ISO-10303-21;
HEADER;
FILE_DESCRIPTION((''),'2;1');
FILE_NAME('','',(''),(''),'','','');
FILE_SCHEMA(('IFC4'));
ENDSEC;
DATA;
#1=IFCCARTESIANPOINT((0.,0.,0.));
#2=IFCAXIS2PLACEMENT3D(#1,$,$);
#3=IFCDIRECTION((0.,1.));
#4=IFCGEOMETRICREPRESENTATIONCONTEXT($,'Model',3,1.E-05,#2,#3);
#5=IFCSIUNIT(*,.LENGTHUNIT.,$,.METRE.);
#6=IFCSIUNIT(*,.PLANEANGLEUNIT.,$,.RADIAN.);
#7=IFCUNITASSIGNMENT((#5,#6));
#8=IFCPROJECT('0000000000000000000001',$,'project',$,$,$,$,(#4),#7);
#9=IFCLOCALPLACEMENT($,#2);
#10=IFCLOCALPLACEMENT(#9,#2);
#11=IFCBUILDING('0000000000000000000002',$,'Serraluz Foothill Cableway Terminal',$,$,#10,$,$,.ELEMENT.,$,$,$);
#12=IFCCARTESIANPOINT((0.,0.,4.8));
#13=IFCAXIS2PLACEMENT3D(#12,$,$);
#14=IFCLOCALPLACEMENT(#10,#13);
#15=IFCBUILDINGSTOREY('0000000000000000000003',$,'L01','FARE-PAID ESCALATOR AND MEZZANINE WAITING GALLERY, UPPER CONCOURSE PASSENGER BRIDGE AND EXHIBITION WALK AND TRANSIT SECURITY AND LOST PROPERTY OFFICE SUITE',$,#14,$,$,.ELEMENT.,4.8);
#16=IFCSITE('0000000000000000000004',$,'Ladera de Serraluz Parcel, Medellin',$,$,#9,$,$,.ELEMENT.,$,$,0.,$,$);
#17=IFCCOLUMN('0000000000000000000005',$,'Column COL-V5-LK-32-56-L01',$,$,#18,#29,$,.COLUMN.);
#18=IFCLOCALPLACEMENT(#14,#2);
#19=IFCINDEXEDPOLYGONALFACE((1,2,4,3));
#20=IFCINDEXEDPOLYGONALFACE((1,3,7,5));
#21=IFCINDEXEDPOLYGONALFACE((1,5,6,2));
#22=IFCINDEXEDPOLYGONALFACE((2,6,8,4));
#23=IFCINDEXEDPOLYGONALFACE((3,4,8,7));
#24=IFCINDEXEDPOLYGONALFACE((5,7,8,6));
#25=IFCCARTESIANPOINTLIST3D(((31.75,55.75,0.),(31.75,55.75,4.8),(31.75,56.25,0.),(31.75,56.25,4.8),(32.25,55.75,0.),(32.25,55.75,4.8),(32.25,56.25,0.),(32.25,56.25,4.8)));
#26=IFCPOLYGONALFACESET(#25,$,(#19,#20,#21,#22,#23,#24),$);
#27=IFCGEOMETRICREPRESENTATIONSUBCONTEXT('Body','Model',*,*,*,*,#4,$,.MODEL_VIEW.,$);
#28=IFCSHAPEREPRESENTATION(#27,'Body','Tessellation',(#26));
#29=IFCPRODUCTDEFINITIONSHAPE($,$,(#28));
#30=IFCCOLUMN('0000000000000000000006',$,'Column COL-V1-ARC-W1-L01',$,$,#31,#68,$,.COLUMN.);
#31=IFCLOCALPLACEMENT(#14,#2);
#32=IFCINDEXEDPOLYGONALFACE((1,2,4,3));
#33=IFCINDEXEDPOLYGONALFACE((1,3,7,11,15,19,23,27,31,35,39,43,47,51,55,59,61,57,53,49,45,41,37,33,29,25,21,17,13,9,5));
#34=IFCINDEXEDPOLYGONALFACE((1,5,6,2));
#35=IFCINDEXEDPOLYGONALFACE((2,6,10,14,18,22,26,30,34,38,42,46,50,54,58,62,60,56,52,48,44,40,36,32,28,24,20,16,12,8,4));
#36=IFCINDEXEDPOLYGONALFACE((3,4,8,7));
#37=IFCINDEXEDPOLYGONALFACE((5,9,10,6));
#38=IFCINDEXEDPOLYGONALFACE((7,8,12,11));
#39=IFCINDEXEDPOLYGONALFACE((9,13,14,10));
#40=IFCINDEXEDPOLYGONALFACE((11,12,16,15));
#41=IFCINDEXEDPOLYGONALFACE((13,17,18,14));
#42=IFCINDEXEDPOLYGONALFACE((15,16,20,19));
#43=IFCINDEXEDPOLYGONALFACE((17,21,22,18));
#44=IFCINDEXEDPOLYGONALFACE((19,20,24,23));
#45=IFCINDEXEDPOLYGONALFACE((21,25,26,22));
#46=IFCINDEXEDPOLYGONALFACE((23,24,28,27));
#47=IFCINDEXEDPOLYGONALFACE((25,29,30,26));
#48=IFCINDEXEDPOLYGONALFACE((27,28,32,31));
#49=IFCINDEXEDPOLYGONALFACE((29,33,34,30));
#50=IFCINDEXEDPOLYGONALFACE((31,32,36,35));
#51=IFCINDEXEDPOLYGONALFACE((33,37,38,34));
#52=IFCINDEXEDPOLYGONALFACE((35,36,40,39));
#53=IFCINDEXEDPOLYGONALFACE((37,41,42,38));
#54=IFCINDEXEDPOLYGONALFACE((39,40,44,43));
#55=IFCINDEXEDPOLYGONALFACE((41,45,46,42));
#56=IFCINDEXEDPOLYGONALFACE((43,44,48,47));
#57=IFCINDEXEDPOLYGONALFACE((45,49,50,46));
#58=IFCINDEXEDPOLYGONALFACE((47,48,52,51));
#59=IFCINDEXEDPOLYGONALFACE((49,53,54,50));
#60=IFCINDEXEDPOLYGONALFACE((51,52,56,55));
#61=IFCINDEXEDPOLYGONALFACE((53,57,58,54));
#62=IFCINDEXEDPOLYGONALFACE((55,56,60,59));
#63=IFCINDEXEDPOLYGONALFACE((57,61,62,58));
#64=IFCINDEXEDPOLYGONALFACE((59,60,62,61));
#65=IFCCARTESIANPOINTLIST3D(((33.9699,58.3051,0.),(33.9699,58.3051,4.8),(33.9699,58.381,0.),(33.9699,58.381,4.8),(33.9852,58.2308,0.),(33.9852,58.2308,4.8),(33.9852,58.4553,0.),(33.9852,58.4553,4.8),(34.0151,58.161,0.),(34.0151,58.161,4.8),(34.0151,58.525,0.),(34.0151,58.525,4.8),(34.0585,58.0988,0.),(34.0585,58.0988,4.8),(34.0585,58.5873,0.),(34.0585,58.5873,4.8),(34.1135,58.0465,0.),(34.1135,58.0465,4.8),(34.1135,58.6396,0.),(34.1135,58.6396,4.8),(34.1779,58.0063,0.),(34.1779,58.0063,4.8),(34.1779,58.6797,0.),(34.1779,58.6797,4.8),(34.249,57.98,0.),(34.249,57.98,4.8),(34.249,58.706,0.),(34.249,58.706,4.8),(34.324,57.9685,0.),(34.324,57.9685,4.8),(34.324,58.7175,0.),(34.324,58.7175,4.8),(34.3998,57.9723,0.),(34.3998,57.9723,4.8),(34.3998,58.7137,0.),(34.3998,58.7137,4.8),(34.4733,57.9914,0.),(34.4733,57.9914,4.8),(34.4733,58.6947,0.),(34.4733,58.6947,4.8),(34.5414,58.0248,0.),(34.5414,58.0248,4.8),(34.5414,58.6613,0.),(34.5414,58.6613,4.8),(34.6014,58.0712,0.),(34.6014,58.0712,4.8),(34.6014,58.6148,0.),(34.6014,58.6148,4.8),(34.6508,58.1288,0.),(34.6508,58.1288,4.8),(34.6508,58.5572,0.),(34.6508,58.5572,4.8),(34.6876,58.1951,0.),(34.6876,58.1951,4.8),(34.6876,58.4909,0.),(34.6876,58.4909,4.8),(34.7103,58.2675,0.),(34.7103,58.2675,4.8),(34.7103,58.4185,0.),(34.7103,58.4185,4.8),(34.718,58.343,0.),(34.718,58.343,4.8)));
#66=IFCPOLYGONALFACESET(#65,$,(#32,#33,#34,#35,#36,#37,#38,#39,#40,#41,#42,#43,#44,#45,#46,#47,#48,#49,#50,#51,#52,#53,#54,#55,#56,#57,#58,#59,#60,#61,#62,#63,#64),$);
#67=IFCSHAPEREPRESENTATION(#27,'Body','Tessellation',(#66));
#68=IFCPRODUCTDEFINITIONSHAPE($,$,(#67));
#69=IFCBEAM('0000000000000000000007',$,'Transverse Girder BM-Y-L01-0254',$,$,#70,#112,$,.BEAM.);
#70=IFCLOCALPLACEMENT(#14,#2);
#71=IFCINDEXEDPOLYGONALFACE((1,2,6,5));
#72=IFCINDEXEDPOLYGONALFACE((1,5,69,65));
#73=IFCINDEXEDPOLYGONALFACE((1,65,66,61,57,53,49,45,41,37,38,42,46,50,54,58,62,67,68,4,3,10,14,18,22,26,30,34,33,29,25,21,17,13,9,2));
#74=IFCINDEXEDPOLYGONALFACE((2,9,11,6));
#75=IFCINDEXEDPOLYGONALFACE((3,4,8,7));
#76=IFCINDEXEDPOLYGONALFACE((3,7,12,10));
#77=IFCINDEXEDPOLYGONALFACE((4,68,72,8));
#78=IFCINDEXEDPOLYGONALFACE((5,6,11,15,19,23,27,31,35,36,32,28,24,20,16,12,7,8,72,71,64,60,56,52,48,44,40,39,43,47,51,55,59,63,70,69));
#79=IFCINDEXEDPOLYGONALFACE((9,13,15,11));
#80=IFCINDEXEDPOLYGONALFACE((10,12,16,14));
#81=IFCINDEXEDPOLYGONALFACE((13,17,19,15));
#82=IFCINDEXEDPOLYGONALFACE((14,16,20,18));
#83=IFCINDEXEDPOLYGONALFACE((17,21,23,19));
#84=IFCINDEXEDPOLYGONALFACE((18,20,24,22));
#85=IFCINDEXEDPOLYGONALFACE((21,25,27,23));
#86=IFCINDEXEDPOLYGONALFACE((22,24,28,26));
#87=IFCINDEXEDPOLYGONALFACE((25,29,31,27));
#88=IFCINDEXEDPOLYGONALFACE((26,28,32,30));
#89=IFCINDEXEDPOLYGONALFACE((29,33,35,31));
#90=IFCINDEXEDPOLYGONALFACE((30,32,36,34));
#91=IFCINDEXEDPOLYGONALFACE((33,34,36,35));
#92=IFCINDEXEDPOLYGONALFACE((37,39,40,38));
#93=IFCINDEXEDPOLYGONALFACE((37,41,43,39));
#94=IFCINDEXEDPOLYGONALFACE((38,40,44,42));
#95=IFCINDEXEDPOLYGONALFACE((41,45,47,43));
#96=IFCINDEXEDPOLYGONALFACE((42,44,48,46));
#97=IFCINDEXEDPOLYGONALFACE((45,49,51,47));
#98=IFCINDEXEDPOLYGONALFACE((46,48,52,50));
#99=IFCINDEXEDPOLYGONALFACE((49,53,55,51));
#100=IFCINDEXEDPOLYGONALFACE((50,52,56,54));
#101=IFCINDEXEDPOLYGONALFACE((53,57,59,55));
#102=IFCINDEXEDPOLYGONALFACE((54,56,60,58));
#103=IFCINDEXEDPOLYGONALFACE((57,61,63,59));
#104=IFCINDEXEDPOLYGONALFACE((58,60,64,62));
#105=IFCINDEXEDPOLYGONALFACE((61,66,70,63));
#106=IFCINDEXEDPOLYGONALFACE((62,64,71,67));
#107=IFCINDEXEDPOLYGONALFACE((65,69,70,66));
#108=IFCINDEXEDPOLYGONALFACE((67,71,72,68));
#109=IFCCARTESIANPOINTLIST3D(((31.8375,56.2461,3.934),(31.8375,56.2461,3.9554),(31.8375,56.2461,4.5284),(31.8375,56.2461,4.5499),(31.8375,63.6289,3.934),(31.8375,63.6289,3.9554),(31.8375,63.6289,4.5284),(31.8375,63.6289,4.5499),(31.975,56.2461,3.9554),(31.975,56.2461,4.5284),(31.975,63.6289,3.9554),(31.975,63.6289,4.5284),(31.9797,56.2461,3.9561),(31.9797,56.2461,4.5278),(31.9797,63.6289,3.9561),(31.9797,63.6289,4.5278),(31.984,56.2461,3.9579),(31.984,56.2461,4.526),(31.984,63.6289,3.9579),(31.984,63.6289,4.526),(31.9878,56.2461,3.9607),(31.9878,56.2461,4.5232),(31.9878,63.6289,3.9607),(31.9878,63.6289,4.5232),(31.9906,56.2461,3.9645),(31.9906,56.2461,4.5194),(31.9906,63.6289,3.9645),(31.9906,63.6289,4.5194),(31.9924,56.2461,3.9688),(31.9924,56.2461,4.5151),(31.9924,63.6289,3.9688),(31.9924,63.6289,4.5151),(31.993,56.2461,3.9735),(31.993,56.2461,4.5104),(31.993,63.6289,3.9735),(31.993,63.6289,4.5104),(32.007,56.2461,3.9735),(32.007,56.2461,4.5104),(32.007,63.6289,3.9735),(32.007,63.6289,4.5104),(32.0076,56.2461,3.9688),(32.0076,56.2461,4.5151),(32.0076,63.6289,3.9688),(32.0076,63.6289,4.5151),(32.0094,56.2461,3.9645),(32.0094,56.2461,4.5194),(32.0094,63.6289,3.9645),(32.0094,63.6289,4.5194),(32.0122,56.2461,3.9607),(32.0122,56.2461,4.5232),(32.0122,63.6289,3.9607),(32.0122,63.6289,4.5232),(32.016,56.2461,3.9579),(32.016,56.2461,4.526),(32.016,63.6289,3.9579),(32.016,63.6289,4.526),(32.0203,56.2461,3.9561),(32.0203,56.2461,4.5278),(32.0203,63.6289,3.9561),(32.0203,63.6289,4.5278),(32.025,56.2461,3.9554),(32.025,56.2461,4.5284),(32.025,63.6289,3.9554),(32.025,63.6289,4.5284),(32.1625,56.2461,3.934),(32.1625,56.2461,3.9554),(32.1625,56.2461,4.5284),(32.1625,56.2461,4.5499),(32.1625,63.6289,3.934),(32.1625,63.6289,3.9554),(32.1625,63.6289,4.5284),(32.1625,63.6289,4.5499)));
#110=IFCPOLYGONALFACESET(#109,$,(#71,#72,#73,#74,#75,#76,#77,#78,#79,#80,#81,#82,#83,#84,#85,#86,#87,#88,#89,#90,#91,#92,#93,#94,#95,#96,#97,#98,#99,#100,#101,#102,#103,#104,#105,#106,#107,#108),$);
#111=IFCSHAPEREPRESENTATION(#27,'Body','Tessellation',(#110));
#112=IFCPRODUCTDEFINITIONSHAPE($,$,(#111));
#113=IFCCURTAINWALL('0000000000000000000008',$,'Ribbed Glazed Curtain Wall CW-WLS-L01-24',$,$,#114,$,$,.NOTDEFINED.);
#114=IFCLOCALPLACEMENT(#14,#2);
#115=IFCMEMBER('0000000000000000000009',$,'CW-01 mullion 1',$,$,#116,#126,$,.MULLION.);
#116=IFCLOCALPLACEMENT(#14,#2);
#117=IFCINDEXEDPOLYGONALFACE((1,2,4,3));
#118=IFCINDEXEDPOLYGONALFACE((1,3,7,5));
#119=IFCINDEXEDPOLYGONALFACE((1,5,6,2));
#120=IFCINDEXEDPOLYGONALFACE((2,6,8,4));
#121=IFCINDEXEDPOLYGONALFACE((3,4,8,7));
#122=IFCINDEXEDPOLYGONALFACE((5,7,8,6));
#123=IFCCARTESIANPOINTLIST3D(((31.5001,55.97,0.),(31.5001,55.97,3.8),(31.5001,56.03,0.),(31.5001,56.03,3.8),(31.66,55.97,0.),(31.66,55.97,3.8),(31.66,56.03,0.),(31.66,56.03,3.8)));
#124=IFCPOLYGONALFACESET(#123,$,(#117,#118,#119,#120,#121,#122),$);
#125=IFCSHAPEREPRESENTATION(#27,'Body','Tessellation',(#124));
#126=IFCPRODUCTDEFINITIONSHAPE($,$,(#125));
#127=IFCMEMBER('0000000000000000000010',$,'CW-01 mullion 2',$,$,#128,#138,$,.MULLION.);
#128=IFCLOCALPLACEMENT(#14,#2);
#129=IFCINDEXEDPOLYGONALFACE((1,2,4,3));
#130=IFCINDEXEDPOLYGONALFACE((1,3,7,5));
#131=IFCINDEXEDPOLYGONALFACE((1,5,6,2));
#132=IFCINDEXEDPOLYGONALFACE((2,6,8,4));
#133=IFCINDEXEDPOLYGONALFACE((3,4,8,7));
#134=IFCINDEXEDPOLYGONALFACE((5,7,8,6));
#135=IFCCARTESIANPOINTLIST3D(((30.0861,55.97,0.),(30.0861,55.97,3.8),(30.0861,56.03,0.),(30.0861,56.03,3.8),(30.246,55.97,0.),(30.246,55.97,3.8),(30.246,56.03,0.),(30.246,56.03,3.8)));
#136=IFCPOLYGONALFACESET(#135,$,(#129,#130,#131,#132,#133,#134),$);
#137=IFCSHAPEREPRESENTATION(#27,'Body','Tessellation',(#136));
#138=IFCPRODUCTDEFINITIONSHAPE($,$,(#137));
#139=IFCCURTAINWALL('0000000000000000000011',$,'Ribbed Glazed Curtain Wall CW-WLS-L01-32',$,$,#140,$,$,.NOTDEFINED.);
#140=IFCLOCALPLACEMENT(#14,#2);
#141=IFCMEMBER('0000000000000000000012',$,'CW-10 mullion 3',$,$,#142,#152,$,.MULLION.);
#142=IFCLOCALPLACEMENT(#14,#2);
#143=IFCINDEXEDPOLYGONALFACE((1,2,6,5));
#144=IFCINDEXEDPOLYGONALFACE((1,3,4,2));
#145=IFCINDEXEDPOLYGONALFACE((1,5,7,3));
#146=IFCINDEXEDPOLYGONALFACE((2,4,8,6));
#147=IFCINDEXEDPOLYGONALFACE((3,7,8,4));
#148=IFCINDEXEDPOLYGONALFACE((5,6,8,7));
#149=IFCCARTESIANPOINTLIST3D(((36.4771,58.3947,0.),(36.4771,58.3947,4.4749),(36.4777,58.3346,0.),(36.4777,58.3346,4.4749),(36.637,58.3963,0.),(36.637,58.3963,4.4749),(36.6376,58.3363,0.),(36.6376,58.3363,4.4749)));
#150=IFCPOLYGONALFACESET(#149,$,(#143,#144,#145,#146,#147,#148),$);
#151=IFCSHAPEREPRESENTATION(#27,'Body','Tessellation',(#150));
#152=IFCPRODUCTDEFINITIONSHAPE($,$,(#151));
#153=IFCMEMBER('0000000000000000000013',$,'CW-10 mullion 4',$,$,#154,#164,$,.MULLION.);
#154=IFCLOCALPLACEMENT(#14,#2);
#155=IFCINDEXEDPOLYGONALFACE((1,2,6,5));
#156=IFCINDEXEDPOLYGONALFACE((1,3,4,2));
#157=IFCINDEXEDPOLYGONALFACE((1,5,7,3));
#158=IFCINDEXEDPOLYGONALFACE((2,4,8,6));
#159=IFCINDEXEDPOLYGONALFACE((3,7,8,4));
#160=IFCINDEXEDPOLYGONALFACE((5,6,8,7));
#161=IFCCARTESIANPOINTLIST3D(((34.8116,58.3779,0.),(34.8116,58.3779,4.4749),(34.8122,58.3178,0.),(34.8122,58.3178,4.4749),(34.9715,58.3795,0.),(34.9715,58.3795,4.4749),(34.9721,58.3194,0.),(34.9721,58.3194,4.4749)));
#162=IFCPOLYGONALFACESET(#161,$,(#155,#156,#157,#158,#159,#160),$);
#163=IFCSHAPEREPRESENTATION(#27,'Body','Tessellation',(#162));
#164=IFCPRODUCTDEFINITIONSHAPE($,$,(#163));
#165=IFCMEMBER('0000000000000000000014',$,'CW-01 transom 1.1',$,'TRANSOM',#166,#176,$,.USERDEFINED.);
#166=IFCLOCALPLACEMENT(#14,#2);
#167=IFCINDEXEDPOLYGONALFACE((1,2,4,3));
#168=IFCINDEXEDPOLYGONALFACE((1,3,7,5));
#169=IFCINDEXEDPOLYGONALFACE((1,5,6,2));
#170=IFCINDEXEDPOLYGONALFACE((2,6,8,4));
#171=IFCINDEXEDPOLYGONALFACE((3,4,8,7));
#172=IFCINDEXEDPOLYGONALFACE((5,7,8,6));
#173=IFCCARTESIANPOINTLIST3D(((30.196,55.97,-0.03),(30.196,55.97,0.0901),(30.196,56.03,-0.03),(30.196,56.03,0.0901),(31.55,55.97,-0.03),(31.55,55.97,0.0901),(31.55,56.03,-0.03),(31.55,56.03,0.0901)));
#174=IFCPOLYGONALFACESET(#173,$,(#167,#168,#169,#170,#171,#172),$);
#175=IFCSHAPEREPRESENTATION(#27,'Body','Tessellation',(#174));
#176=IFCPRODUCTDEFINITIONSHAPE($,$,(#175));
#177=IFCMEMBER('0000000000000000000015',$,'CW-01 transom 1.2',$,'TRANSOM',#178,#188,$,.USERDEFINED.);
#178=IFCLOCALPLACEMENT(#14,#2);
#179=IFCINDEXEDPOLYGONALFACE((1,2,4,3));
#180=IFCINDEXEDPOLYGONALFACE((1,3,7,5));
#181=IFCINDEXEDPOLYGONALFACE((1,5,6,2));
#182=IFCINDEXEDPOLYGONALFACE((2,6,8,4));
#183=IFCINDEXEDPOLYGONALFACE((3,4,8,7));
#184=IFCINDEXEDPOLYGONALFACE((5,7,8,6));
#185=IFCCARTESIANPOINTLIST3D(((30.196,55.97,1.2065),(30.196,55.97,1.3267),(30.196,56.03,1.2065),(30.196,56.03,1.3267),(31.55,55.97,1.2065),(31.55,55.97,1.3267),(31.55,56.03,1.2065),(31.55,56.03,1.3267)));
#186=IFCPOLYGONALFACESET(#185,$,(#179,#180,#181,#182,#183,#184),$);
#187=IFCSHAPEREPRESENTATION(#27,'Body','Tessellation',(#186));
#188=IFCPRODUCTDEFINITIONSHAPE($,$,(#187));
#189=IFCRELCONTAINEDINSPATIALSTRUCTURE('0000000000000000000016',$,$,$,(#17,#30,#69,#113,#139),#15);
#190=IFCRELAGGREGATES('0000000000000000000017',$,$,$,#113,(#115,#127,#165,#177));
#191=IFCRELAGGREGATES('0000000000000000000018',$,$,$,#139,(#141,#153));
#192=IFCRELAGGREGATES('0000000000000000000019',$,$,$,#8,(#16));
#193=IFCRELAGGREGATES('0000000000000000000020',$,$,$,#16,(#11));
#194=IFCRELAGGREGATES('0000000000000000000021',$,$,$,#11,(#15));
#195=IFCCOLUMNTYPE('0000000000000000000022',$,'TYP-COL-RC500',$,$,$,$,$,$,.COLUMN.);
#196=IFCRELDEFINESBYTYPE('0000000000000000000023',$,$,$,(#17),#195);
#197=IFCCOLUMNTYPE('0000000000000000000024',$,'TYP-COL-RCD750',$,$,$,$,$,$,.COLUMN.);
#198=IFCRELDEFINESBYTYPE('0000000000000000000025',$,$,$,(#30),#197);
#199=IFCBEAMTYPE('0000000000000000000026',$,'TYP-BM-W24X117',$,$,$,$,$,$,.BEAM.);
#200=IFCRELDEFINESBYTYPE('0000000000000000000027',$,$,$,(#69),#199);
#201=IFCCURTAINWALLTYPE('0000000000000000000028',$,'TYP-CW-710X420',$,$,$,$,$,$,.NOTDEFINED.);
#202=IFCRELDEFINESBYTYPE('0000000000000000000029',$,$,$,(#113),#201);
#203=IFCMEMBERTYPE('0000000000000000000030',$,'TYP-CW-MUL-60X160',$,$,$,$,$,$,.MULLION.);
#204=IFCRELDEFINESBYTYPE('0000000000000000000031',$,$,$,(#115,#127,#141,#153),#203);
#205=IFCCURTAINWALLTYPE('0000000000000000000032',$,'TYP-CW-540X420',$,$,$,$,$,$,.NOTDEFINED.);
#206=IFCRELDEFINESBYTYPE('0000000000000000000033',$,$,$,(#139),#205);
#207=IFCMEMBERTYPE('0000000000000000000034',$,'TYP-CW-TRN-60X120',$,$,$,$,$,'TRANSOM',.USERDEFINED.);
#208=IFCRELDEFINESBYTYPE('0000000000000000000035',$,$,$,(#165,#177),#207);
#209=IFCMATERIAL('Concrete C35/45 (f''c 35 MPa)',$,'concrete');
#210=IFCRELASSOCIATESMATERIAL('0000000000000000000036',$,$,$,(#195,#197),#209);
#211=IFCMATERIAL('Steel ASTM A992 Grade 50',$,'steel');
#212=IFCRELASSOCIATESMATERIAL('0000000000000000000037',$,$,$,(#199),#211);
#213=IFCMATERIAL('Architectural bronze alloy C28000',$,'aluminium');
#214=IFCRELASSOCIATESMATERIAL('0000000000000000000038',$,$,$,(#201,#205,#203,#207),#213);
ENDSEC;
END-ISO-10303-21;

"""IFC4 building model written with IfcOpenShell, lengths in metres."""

from ifc_helpers import new_model, si_unit, direction, frame, origin, origin_2d, place, context, subcontext, project, spatial, rectangle, circle, i_section, extrude, material, material_profile, profile_set, type_object, element, aggregate, save


model = new_model("IFC4")

# Units and contexts
model_context = context("Model", 3, precision=1e-05, world=origin(), true_north=direction((0.0, 1.0)))
body_context = subcontext(model_context, "Body", "Model", "MODEL_VIEW")
ifc_project = project(units=[si_unit("LENGTHUNIT", "METRE"), si_unit("PLANEANGLEUNIT", "RADIAN")], contexts=[model_context])

# Site, building, storey
site_placement = place(None, origin())
site = spatial("IfcSite", under=ifc_project, at=site_placement, Name="Ladera de Serraluz Parcel, Medellin", CompositionType="ELEMENT", RefElevation=0.0)
building_placement = place(site_placement, origin())
building = spatial("IfcBuilding", under=site, at=building_placement, Name="Serraluz Foothill Cableway Terminal", CompositionType="ELEMENT")
storey_placement = place(building_placement, frame((0.0, 0.0, 4.8)))
storey = spatial("IfcBuildingStorey", under=building, at=storey_placement, Name="L01", Description="FARE-PAID ESCALATOR AND MEZZANINE WAITING GALLERY, UPPER CONCOURSE PASSENGER BRIDGE AND EXHIBITION WALK AND TRANSIT SECURITY AND LOST PROPERTY OFFICE SUITE", CompositionType="ELEMENT", Elevation=4.8)

# Columns
ifc_material_1 = material(Name="Concrete C35/45 (f'c 35 MPa)", Category="concrete")
ifc_material_profile_1 = material_profile(ifc_material_1, rectangle(XDim=0.5, YDim=0.5, at=origin_2d()), Name="RC 500x500")
ifc_profile_set_1 = profile_set([ifc_material_profile_1], Name="Concrete C35/45 (f'c 35 MPa)")
column_type_1 = type_object("IfcColumnType", Name="TYP-COL-RC500", PredefinedType="COLUMN", material=ifc_profile_set_1)
column_1_placement = place(storey_placement, frame((32.0, 56.0, 0.0), z_axis=(0.0, 0.0, 1.0), x_axis=(1.0, 0.0, 0.0)))
element("IfcColumn", 1, at=column_1_placement, inside=storey, type_object=column_type_1, Name="Column COL-V5-LK-32-56-L01", PredefinedType="COLUMN", context=body_context, shape_type="SweptSolid", body=[
    extrude(rectangle(XDim=0.5, YDim=0.5, at=origin_2d()), origin(), (0.0, 0.0, 1.0), 4.8),
])
ifc_material_profile_2 = material_profile(ifc_material_1, circle(Radius=0.375, at=origin_2d()), Name="RC D750")
ifc_profile_set_2 = profile_set([ifc_material_profile_2], Name="Concrete C35/45 (f'c 35 MPa)")
column_type_2 = type_object("IfcColumnType", Name="TYP-COL-RCD750", PredefinedType="COLUMN", material=ifc_profile_set_2)
column_2_placement = place(storey_placement, frame((34.343, 58.343, 0.0), z_axis=(0.0, 0.0, 1.0), x_axis=(1.0, 0.0, 0.0)))
element("IfcColumn", 2, at=column_2_placement, inside=storey, type_object=column_type_2, Name="Column COL-V1-ARC-W1-L01", PredefinedType="COLUMN", context=body_context, shape_type="SweptSolid", body=[
    extrude(circle(Radius=0.375, at=origin_2d()), origin(), (0.0, 0.0, 1.0), 4.8),
])

# Beam
ifc_material_2 = material(Name="Steel ASTM A992 Grade 50", Category="steel")
ifc_material_profile_3 = material_profile(ifc_material_2, i_section(OverallWidth=0.325, OverallDepth=0.616, WebThickness=0.0139, FlangeThickness=0.0215, FilletRadius=0.0181, at=origin_2d()), Name="W24X117")
ifc_profile_set_3 = profile_set([ifc_material_profile_3], Name="Steel ASTM A992 Grade 50")
beam_type = type_object("IfcBeamType", Name="TYP-BM-W24X117", PredefinedType="BEAM", material=ifc_profile_set_3)
beam_placement = place(storey_placement, frame((32.0, 56.2461, 4.2419), z_axis=(0.0, 1.0, 0.0), x_axis=(-1.0, 0.0, 0.0)))
element("IfcBeam", 3, at=beam_placement, inside=storey, type_object=beam_type, Name="Transverse Girder BM-Y-L01-0254", PredefinedType="BEAM", context=body_context, shape_type="SweptSolid", body=[
    extrude(i_section(OverallWidth=0.325, OverallDepth=0.616, WebThickness=0.0139, FlangeThickness=0.0215, FilletRadius=0.0181, at=origin_2d()), origin(), (0.0, 0.0, 1.0), 7.3828),
])

# Curtain walls, members
ifc_material_3 = material(Name="Architectural bronze alloy C28000", Category="aluminium")
curtain_wall_type_1 = type_object("IfcCurtainWallType", Name="TYP-CW-710X420", PredefinedType="NOTDEFINED", material=ifc_material_3)
curtain_wall_1_placement = place(storey_placement, origin())
curtain_wall_1 = element("IfcCurtainWall", 4, at=curtain_wall_1_placement, inside=storey, type_object=curtain_wall_type_1, Name="Ribbed Glazed Curtain Wall CW-WLS-L01-24", PredefinedType="NOTDEFINED")
ifc_material_profile_4 = material_profile(ifc_material_3, rectangle(XDim=0.0601, YDim=0.1599, at=origin_2d()), Name="ALU MULLION 60x160")
ifc_profile_set_4 = profile_set([ifc_material_profile_4], Name="Architectural bronze alloy C28000")
member_type_1 = type_object("IfcMemberType", Name="TYP-CW-MUL-60X160", PredefinedType="MULLION", material=ifc_profile_set_4)
member_1_placement = place(storey_placement, frame((31.5801, 56.0, 0.0), z_axis=(0.0, 0.0, 1.0), x_axis=(0.0, -1.0, 0.0)))
member_1 = element("IfcMember", 5, at=member_1_placement, type_object=member_type_1, Name="CW-01 mullion 1", PredefinedType="MULLION", context=body_context, shape_type="SweptSolid", body=[
    extrude(rectangle(XDim=0.0601, YDim=0.1599, at=origin_2d()), origin(), (0.0, 0.0, 1.0), 3.8),
])
member_2_placement = place(storey_placement, frame((30.166, 56.0, 0.0), z_axis=(0.0, 0.0, 1.0), x_axis=(0.0, -1.0, 0.0)))
member_2 = element("IfcMember", 6, at=member_2_placement, type_object=member_type_1, Name="CW-01 mullion 2", PredefinedType="MULLION", context=body_context, shape_type="SweptSolid", body=[
    extrude(rectangle(XDim=0.0601, YDim=0.1599, at=origin_2d()), origin(), (0.0, 0.0, 1.0), 3.8),
])
curtain_wall_type_2 = type_object("IfcCurtainWallType", Name="TYP-CW-540X420", PredefinedType="NOTDEFINED", material=ifc_material_3)
curtain_wall_2_placement = place(storey_placement, origin())
curtain_wall_2 = element("IfcCurtainWall", 7, at=curtain_wall_2_placement, inside=storey, type_object=curtain_wall_type_2, Name="Ribbed Glazed Curtain Wall CW-WLS-L01-32", PredefinedType="NOTDEFINED")
member_3_placement = place(storey_placement, frame((36.5574, 58.3655, 0.0), z_axis=(0.0, 0.0, 1.0), x_axis=(0.010066, -0.999949, 0.0)))
member_3 = element("IfcMember", 8, at=member_3_placement, type_object=member_type_1, Name="CW-10 mullion 3", PredefinedType="MULLION", context=body_context, shape_type="SweptSolid", body=[
    extrude(rectangle(XDim=0.0601, YDim=0.1599, at=origin_2d()), origin(), (0.0, 0.0, 1.0), 4.4749),
])
member_4_placement = place(storey_placement, frame((34.8918, 58.3486, 0.0), z_axis=(0.0, 0.0, 1.0), x_axis=(0.010066, -0.999949, 0.0)))
member_4 = element("IfcMember", 9, at=member_4_placement, type_object=member_type_1, Name="CW-10 mullion 4", PredefinedType="MULLION", context=body_context, shape_type="SweptSolid", body=[
    extrude(rectangle(XDim=0.0601, YDim=0.1599, at=origin_2d()), origin(), (0.0, 0.0, 1.0), 4.4749),
])

# Members
ifc_material_profile_5 = material_profile(ifc_material_3, rectangle(XDim=0.0601, YDim=0.1201, at=origin_2d()), Name="ALU TRANSOM 60x120")
ifc_profile_set_5 = profile_set([ifc_material_profile_5], Name="Architectural bronze alloy C28000")
member_type_2 = type_object("IfcMemberType", Name="TYP-CW-TRN-60X120", ElementType="TRANSOM", PredefinedType="USERDEFINED", material=ifc_profile_set_5)
member_5_placement = place(storey_placement, frame((31.55, 56.0, 0.03), z_axis=(-1.0, 0.0, 0.0), x_axis=(0.0, -1.0, 0.0)))
member_5 = element("IfcMember", 10, at=member_5_placement, type_object=member_type_2, Name="CW-01 transom 1.1", ObjectType="TRANSOM", PredefinedType="USERDEFINED", context=body_context, shape_type="SweptSolid", body=[
    extrude(rectangle(XDim=0.0601, YDim=0.1201, at=origin_2d()), origin(), (0.0, 0.0, 1.0), 1.354),
])
member_6_placement = place(storey_placement, frame((31.55, 56.0, 1.2666), z_axis=(-1.0, 0.0, 0.0), x_axis=(0.0, -1.0, 0.0)))
member_6 = element("IfcMember", 11, at=member_6_placement, type_object=member_type_2, Name="CW-01 transom 1.2", ObjectType="TRANSOM", PredefinedType="USERDEFINED", context=body_context, shape_type="SweptSolid", body=[
    extrude(rectangle(XDim=0.0601, YDim=0.1201, at=origin_2d()), origin(), (0.0, 0.0, 1.0), 1.354),
])

aggregate(curtain_wall_1, [member_1, member_2, member_5, member_6])
aggregate(curtain_wall_2, [member_3, member_4])

save(model, "model.ifc")
